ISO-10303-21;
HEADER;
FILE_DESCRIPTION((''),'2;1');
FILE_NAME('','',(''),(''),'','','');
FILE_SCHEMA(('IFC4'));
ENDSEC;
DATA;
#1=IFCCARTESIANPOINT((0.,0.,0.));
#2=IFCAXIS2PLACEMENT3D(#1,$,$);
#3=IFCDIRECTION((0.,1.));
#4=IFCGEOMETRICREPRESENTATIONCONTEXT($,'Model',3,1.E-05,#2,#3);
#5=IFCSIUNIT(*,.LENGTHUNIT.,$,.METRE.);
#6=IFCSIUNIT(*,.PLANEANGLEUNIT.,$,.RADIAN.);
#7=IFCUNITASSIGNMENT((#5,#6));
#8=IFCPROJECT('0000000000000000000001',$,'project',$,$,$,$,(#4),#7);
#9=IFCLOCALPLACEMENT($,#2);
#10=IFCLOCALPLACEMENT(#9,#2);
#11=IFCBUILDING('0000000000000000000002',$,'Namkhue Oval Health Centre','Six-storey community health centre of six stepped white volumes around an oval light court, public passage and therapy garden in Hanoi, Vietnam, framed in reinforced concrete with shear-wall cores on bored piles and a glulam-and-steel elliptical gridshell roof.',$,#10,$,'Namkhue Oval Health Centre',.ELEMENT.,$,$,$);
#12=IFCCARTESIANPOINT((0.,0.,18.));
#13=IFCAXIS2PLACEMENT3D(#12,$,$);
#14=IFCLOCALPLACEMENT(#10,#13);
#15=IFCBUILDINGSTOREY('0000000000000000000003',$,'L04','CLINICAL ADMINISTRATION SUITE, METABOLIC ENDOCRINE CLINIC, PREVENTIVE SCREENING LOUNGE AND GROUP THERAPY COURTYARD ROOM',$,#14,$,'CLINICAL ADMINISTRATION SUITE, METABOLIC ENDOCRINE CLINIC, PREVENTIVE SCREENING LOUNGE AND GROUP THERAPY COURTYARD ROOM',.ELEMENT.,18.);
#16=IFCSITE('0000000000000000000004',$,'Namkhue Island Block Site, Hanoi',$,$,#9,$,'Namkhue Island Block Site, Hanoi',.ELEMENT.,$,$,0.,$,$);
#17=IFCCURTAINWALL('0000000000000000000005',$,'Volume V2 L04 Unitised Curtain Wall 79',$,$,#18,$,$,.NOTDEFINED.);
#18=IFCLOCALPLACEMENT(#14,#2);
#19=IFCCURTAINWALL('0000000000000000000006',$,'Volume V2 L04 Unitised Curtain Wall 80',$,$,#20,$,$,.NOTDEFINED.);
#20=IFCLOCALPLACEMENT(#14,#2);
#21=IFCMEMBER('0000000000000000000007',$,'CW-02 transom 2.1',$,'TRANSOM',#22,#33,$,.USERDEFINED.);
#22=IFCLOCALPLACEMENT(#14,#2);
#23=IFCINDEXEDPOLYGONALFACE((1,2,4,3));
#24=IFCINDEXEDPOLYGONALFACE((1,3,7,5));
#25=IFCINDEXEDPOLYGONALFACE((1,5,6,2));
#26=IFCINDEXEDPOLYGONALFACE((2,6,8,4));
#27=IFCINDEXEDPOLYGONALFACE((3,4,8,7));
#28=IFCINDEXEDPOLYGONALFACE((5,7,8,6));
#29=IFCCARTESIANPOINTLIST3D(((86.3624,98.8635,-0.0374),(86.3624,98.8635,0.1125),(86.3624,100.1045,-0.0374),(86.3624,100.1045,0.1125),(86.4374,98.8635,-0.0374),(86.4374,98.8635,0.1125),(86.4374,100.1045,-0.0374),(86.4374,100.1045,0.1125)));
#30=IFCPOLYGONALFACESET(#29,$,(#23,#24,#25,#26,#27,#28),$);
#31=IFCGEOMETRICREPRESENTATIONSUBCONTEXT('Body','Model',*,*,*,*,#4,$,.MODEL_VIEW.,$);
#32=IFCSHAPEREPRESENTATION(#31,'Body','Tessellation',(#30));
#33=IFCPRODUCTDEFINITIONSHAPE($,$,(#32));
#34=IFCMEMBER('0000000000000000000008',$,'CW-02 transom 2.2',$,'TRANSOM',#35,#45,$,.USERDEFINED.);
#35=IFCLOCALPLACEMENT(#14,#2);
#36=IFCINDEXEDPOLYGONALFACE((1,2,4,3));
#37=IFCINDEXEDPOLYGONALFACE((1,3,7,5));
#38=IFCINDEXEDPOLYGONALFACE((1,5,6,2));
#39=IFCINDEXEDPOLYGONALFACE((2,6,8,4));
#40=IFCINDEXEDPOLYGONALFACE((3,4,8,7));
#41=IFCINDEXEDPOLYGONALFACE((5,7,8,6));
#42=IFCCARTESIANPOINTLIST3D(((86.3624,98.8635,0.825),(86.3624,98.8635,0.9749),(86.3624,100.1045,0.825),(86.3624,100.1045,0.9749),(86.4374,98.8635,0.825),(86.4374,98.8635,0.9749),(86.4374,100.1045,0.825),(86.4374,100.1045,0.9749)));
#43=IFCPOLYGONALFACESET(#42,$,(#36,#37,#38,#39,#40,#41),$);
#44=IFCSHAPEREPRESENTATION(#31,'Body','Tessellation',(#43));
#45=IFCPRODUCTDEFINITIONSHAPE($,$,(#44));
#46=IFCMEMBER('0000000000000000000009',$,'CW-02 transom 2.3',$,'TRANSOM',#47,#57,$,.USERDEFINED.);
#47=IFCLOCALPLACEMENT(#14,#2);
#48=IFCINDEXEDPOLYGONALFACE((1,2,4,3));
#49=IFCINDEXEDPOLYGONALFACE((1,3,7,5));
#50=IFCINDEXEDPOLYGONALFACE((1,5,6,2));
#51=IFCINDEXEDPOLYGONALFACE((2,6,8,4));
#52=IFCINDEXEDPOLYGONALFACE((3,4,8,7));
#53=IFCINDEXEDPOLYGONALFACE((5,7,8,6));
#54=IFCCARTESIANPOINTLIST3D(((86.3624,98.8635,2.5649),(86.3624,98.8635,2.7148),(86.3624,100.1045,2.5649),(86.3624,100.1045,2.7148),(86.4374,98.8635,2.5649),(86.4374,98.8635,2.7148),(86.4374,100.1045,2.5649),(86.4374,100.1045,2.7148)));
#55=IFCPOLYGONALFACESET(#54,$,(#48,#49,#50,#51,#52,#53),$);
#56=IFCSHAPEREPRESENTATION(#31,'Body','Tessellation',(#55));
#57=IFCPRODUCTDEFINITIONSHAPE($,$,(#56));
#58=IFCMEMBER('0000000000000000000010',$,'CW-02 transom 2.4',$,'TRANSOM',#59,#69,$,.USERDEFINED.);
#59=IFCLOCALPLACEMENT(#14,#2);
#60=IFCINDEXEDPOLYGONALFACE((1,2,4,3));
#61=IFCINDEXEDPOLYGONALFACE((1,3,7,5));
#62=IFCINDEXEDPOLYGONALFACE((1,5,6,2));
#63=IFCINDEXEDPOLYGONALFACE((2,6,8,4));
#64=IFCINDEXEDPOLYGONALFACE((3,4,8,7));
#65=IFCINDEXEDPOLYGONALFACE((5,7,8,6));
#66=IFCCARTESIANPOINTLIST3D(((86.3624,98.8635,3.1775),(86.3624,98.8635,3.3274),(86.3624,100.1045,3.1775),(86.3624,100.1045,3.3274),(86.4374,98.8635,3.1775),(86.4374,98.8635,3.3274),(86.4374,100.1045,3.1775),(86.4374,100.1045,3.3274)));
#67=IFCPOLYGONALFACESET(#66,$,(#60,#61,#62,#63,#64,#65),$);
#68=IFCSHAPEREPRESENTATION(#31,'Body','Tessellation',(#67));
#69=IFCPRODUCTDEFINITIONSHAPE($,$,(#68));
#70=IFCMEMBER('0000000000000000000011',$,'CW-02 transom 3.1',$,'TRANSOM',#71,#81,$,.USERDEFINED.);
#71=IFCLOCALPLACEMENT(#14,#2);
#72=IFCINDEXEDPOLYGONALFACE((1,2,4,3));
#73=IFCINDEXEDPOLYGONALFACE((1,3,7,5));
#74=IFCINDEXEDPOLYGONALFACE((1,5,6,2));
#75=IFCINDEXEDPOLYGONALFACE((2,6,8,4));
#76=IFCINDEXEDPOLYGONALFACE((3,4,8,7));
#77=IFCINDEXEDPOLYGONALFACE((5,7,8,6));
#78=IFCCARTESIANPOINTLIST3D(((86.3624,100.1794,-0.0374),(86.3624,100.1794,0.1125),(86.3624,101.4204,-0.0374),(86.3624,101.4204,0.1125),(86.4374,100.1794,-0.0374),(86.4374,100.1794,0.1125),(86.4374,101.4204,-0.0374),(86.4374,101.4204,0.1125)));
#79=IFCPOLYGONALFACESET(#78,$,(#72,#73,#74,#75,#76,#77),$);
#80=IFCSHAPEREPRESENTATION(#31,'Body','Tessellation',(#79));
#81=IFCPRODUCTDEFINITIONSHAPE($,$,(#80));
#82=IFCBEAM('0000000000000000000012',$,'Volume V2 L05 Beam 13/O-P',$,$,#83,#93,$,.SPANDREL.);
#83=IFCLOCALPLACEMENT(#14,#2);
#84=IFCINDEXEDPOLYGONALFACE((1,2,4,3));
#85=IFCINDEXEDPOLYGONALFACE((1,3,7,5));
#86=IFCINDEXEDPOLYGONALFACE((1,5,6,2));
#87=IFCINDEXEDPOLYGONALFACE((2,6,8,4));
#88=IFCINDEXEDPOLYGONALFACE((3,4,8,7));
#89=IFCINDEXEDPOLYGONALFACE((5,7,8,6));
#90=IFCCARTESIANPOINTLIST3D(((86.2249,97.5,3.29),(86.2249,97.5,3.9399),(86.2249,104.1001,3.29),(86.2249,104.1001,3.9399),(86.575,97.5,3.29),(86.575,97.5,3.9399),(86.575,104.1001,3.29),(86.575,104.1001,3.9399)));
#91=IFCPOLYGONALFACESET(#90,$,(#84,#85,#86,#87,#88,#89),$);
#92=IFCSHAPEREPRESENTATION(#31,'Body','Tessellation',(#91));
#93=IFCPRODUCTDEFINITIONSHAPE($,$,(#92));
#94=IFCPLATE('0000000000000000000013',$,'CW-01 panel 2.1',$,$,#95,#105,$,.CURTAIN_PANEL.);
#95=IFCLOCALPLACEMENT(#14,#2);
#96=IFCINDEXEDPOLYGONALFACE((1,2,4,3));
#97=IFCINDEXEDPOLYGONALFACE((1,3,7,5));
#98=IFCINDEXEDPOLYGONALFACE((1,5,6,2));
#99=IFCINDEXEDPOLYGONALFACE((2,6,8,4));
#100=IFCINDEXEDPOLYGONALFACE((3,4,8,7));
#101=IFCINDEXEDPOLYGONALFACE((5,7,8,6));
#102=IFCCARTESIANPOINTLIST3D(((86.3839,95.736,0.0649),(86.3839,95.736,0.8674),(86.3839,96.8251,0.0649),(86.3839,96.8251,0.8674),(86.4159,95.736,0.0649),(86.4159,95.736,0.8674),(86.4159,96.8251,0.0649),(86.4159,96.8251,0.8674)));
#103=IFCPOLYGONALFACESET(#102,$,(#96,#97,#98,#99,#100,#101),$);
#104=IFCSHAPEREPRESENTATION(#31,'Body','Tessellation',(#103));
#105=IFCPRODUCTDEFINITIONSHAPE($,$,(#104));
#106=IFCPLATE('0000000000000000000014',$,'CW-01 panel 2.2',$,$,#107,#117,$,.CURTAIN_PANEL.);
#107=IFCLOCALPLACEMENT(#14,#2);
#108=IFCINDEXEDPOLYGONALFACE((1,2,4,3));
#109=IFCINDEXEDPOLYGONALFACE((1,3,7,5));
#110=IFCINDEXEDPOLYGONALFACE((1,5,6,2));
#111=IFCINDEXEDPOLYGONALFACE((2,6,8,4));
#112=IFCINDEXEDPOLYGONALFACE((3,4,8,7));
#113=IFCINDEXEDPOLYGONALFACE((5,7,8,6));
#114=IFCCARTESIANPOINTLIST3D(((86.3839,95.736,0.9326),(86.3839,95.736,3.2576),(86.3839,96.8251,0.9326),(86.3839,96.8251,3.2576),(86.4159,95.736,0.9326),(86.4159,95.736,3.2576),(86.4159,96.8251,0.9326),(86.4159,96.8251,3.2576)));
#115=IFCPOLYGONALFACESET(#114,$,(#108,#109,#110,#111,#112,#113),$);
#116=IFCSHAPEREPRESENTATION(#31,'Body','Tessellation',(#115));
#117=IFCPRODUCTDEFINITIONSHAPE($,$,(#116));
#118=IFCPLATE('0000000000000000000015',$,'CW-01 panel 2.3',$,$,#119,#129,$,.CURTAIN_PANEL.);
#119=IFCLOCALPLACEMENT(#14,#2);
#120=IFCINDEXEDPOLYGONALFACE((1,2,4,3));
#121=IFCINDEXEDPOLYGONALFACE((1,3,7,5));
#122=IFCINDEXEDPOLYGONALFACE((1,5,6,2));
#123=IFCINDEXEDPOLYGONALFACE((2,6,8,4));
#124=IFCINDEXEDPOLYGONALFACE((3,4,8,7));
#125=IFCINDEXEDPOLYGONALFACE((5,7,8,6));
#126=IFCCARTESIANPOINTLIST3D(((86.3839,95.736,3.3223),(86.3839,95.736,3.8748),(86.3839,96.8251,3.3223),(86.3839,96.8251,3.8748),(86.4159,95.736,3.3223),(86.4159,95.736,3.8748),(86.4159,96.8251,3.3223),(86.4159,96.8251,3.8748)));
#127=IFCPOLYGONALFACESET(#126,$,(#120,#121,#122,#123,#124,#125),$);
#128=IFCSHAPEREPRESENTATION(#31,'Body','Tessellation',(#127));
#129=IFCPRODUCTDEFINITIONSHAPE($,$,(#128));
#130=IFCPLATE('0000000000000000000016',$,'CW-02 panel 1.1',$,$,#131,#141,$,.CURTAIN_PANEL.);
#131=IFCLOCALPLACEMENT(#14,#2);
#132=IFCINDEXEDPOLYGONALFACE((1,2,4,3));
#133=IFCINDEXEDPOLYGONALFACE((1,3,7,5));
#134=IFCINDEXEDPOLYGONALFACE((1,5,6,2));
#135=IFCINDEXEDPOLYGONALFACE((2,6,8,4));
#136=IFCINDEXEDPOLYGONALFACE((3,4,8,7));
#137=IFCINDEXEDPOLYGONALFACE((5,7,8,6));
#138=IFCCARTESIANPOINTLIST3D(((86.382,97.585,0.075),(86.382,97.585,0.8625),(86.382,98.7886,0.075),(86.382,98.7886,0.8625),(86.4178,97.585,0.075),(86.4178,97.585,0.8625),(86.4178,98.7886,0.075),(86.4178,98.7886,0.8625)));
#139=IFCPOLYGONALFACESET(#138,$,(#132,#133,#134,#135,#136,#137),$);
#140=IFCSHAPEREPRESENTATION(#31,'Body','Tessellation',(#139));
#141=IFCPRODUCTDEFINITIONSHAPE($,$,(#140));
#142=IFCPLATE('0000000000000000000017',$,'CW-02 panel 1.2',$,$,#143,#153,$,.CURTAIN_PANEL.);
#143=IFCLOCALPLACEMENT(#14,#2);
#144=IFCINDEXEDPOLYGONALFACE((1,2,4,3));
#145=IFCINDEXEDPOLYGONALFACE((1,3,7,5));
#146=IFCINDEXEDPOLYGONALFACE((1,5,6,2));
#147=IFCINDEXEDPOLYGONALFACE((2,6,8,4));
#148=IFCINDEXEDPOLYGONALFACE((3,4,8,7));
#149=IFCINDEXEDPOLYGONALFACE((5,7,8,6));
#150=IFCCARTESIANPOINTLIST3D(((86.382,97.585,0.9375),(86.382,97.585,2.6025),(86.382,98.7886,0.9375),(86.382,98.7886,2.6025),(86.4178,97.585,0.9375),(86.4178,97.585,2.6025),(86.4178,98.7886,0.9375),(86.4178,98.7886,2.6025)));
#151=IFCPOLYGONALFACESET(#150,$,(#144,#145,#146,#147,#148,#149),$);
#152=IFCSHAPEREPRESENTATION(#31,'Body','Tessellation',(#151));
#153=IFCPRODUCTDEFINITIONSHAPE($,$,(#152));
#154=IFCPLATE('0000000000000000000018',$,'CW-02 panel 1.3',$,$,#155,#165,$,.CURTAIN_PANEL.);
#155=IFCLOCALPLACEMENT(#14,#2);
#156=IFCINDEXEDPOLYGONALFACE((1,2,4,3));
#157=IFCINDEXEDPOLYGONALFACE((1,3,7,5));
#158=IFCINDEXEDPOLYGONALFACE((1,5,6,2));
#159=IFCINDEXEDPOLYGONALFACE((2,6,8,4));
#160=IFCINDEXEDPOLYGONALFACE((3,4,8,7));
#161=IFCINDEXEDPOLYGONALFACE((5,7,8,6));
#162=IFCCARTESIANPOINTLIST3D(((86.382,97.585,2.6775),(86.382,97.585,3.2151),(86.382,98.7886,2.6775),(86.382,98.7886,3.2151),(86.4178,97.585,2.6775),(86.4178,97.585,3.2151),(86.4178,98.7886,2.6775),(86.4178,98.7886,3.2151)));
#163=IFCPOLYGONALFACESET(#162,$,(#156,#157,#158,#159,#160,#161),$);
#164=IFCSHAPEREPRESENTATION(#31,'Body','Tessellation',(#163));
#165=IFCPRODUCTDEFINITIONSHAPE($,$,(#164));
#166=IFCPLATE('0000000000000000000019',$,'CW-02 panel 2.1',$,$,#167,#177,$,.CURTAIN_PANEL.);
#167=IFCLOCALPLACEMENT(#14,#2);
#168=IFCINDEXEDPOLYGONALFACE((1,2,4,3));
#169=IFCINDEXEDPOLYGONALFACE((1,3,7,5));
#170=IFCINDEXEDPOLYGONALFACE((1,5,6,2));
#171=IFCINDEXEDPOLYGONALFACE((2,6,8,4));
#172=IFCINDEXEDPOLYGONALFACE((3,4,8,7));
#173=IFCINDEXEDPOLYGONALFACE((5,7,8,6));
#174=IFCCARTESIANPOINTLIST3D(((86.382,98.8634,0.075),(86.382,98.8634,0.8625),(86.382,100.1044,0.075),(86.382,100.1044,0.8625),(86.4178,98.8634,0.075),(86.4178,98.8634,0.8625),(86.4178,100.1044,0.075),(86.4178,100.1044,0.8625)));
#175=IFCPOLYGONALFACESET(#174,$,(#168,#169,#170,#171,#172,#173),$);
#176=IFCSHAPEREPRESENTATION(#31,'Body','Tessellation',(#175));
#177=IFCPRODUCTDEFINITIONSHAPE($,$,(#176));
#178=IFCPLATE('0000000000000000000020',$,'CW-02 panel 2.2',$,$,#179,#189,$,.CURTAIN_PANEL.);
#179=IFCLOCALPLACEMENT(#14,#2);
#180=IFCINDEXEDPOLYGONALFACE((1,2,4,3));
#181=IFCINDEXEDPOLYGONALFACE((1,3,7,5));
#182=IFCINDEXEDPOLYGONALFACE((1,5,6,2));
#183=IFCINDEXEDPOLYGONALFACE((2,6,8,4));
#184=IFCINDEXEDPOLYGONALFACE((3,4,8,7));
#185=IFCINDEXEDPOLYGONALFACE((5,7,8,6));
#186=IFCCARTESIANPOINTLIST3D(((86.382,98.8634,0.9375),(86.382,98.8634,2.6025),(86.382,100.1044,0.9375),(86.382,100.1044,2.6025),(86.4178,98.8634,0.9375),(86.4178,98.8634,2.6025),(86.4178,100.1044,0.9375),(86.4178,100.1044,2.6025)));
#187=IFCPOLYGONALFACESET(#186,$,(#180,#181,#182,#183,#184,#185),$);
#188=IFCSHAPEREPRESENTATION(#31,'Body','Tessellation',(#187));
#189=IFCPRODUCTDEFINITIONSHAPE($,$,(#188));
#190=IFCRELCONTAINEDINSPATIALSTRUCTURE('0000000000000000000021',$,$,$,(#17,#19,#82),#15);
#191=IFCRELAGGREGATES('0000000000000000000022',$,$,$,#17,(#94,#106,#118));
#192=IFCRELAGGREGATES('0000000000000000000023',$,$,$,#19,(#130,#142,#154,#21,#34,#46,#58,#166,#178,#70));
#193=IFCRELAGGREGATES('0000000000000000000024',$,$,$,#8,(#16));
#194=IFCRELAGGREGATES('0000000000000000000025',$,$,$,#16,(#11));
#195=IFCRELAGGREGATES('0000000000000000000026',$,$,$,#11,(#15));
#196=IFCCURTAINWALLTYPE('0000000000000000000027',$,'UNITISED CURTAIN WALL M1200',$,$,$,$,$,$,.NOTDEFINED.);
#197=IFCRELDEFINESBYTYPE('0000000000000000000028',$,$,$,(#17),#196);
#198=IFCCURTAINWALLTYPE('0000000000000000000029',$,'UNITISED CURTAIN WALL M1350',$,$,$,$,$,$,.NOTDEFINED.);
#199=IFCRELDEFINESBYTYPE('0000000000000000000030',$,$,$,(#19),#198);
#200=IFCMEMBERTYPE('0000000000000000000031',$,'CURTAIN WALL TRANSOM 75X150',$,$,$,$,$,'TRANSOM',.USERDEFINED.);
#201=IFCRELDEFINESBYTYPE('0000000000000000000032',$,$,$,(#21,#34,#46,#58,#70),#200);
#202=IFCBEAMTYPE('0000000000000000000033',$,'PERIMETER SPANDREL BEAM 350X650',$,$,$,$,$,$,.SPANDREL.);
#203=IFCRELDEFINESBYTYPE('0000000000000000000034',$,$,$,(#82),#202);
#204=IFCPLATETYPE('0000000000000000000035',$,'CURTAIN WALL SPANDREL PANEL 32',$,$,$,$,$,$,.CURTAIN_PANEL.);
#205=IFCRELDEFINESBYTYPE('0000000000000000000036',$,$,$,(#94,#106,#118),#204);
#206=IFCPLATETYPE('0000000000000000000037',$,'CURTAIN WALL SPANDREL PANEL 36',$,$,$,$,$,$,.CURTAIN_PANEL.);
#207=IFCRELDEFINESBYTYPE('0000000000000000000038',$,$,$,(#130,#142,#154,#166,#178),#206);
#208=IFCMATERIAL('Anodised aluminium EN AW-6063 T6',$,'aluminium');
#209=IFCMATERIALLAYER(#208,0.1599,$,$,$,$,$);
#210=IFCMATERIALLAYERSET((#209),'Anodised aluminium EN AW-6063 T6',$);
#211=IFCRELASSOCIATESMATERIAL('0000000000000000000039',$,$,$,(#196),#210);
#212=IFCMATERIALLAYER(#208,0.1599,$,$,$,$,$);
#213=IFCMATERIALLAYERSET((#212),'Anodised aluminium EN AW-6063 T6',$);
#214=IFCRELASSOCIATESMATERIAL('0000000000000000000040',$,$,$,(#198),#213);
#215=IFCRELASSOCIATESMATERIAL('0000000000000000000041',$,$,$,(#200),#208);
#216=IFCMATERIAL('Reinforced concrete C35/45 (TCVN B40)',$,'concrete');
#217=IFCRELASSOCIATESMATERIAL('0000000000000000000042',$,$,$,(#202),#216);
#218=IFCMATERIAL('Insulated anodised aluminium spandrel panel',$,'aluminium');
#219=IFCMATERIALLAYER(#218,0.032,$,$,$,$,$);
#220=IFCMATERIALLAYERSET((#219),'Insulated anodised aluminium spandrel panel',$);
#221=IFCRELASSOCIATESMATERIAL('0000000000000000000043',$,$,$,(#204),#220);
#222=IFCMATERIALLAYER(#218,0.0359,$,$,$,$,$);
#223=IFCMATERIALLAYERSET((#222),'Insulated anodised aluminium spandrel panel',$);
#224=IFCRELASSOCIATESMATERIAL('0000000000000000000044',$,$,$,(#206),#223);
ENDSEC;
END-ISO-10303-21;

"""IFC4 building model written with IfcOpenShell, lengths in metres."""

from ifc_helpers import new_model, si_unit, direction, frame, origin, origin_2d, place, context, subcontext, project, spatial, rectangle, extrude, material, layer, layer_set, material_profile, profile_set, type_object, element, aggregate, save


model = new_model("IFC4")

# Units and contexts
model_context = context("Model", 3, precision=1e-05, world=origin(), true_north=direction((0.0, 1.0)))
body_context = subcontext(model_context, "Body", "Model", "MODEL_VIEW")
ifc_project = project(units=[si_unit("LENGTHUNIT", "METRE"), si_unit("PLANEANGLEUNIT", "RADIAN")], contexts=[model_context])

# Site, building, storey
site_placement = place(None, origin())
site = spatial("IfcSite", under=ifc_project, at=site_placement, Name="Namkhue Island Block Site, Hanoi", LongName="Namkhue Island Block Site, Hanoi", CompositionType="ELEMENT", RefElevation=0.0)
building_placement = place(site_placement, origin())
building = spatial("IfcBuilding", under=site, at=building_placement, Name="Namkhue Oval Health Centre", Description="Six-storey community health centre of six stepped white volumes around an oval light court, public passage and therapy garden in Hanoi, Vietnam, framed in reinforced concrete with shear-wall cores on bored piles and a glulam-and-steel elliptical gridshell roof.", LongName="Namkhue Oval Health Centre", CompositionType="ELEMENT")
storey_placement = place(building_placement, frame((0.0, 0.0, 18.0)))
storey = spatial("IfcBuildingStorey", under=building, at=storey_placement, Name="L04", Description="CLINICAL ADMINISTRATION SUITE, METABOLIC ENDOCRINE CLINIC, PREVENTIVE SCREENING LOUNGE AND GROUP THERAPY COURTYARD ROOM", LongName="CLINICAL ADMINISTRATION SUITE, METABOLIC ENDOCRINE CLINIC, PREVENTIVE SCREENING LOUNGE AND GROUP THERAPY COURTYARD ROOM", CompositionType="ELEMENT", Elevation=18.0)

# Shared definitions
ifc_material_1 = material(Name="Reinforced concrete C35/45 (TCVN B40)", Category="concrete")

# Curtain wall
ifc_material_2 = material(Name="Anodised aluminium EN AW-6063 T6", Category="aluminium")
ifc_layer_1 = layer(ifc_material_2, 0.1599)
ifc_layer_set_1 = layer_set([ifc_layer_1], Name="Anodised aluminium EN AW-6063 T6")
curtain_wall_type_1 = type_object("IfcCurtainWallType", Name="UNITISED CURTAIN WALL M1200", PredefinedType="NOTDEFINED", material=ifc_layer_set_1)
curtain_wall_1_placement = place(storey_placement, origin())
curtain_wall_1 = element("IfcCurtainWall", 1, at=curtain_wall_1_placement, inside=storey, type_object=curtain_wall_type_1, Name="Volume V2 L04 Unitised Curtain Wall 79", PredefinedType="NOTDEFINED")

# Curtain wall
ifc_layer_2 = layer(ifc_material_2, 0.1599)
ifc_layer_set_2 = layer_set([ifc_layer_2], Name="Anodised aluminium EN AW-6063 T6")
curtain_wall_type_2 = type_object("IfcCurtainWallType", Name="UNITISED CURTAIN WALL M1350", PredefinedType="NOTDEFINED", material=ifc_layer_set_2)
curtain_wall_2_placement = place(storey_placement, origin())
curtain_wall_2 = element("IfcCurtainWall", 2, at=curtain_wall_2_placement, inside=storey, type_object=curtain_wall_type_2, Name="Volume V2 L04 Unitised Curtain Wall 80", PredefinedType="NOTDEFINED")

# Members
ifc_material_profile_1 = material_profile(ifc_material_2, rectangle(XDim=0.075, YDim=0.1499, at=origin_2d()), Name="ALU 75x150")
ifc_profile_set_1 = profile_set([ifc_material_profile_1], Name="Anodised aluminium EN AW-6063 T6")
member_type_1 = type_object("IfcMemberType", Name="CURTAIN WALL TRANSOM 75X150", ElementType="TRANSOM", PredefinedType="USERDEFINED", material=ifc_profile_set_1)
member_1_placement = place(storey_placement, frame((86.3999, 98.8635, 0.0376), z_axis=(0.0, 1.0, 0.0), x_axis=(-1.0, 0.0, 0.0)))
member_1 = element("IfcMember", 3, at=member_1_placement, type_object=member_type_1, Name="CW-02 transom 2.1", ObjectType="TRANSOM", PredefinedType="USERDEFINED", context=body_context, shape_type="SweptSolid", body=[
    extrude(rectangle(XDim=0.075, YDim=0.1499, at=origin_2d()), origin(), (0.0, 0.0, 1.0), 1.241),
])
member_2_placement = place(storey_placement, frame((86.3999, 98.8635, 0.8999), z_axis=(0.0, 1.0, 0.0), x_axis=(-1.0, 0.0, 0.0)))
member_2 = element("IfcMember", 4, at=member_2_placement, type_object=member_type_1, Name="CW-02 transom 2.2", ObjectType="TRANSOM", PredefinedType="USERDEFINED", context=body_context, shape_type="SweptSolid", body=[
    extrude(rectangle(XDim=0.075, YDim=0.1499, at=origin_2d()), origin(), (0.0, 0.0, 1.0), 1.241),
])
member_3_placement = place(storey_placement, frame((86.3999, 98.8635, 2.6399), z_axis=(0.0, 1.0, 0.0), x_axis=(-1.0, 0.0, 0.0)))
member_3 = element("IfcMember", 5, at=member_3_placement, type_object=member_type_1, Name="CW-02 transom 2.3", ObjectType="TRANSOM", PredefinedType="USERDEFINED", context=body_context, shape_type="SweptSolid", body=[
    extrude(rectangle(XDim=0.075, YDim=0.1499, at=origin_2d()), origin(), (0.0, 0.0, 1.0), 1.241),
])
member_4_placement = place(storey_placement, frame((86.3999, 98.8635, 3.2524), z_axis=(0.0, 1.0, 0.0), x_axis=(-1.0, 0.0, 0.0)))
member_4 = element("IfcMember", 6, at=member_4_placement, type_object=member_type_1, Name="CW-02 transom 2.4", ObjectType="TRANSOM", PredefinedType="USERDEFINED", context=body_context, shape_type="SweptSolid", body=[
    extrude(rectangle(XDim=0.075, YDim=0.1499, at=origin_2d()), origin(), (0.0, 0.0, 1.0), 1.241),
])
member_5_placement = place(storey_placement, frame((86.3999, 100.1794, 0.0376), z_axis=(0.0, 1.0, 0.0), x_axis=(-1.0, 0.0, 0.0)))
member_5 = element("IfcMember", 7, at=member_5_placement, type_object=member_type_1, Name="CW-02 transom 3.1", ObjectType="TRANSOM", PredefinedType="USERDEFINED", context=body_context, shape_type="SweptSolid", body=[
    extrude(rectangle(XDim=0.075, YDim=0.1499, at=origin_2d()), origin(), (0.0, 0.0, 1.0), 1.241),
])

# Beam
ifc_material_profile_2 = material_profile(ifc_material_1, rectangle(XDim=0.3501, YDim=0.6499, at=origin_2d()), Name="RC 350x650")
ifc_profile_set_2 = profile_set([ifc_material_profile_2], Name="Reinforced concrete C35/45 (TCVN B40)")
beam_type = type_object("IfcBeamType", Name="PERIMETER SPANDREL BEAM 350X650", PredefinedType="SPANDREL", material=ifc_profile_set_2)
beam_placement = place(storey_placement, frame((86.3999, 97.5, 3.615), z_axis=(0.0, 1.0, 0.0), x_axis=(-1.0, 0.0, 0.0)))
element("IfcBeam", 8, at=beam_placement, inside=storey, type_object=beam_type, Name="Volume V2 L05 Beam 13/O-P", PredefinedType="SPANDREL", context=body_context, shape_type="SweptSolid", body=[
    extrude(rectangle(XDim=0.3501, YDim=0.6499, at=origin_2d()), origin(), (0.0, 0.0, 1.0), 6.6001),
])

# Plates
ifc_material_3 = material(Name="Insulated anodised aluminium spandrel panel", Category="aluminium")
ifc_layer_3 = layer(ifc_material_3, 0.032)
ifc_layer_set_3 = layer_set([ifc_layer_3], Name="Insulated anodised aluminium spandrel panel")
plate_type_1 = type_object("IfcPlateType", Name="CURTAIN WALL SPANDREL PANEL 32", PredefinedType="CURTAIN_PANEL", material=ifc_layer_set_3)
plate_1_placement = place(storey_placement, frame((86.3999, 96.2805, 0.0649), z_axis=(0.0, 0.0, 1.0), x_axis=(0.0, 1.0, 0.0)))
plate_1 = element("IfcPlate", 9, at=plate_1_placement, type_object=plate_type_1, Name="CW-01 panel 2.1", PredefinedType="CURTAIN_PANEL", context=body_context, shape_type="SweptSolid", body=[
    extrude(rectangle(XDim=1.0891, YDim=0.032, at=origin_2d()), origin(), (0.0, 0.0, 1.0), 0.8025),
])
plate_2_placement = place(storey_placement, frame((86.3999, 96.2805, 0.9326), z_axis=(0.0, 0.0, 1.0), x_axis=(0.0, 1.0, 0.0)))
plate_2 = element("IfcPlate", 10, at=plate_2_placement, type_object=plate_type_1, Name="CW-01 panel 2.2", PredefinedType="CURTAIN_PANEL", context=body_context, shape_type="SweptSolid", body=[
    extrude(rectangle(XDim=1.0891, YDim=0.032, at=origin_2d()), origin(), (0.0, 0.0, 1.0), 2.325),
])
plate_3_placement = place(storey_placement, frame((86.3999, 96.2805, 3.3223), z_axis=(0.0, 0.0, 1.0), x_axis=(0.0, 1.0, 0.0)))
plate_3 = element("IfcPlate", 11, at=plate_3_placement, type_object=plate_type_1, Name="CW-01 panel 2.3", PredefinedType="CURTAIN_PANEL", context=body_context, shape_type="SweptSolid", body=[
    extrude(rectangle(XDim=1.0891, YDim=0.032, at=origin_2d()), origin(), (0.0, 0.0, 1.0), 0.5525),
])
aggregate(curtain_wall_1, [plate_1, plate_2, plate_3])
ifc_layer_4 = layer(ifc_material_3, 0.0359)
ifc_layer_set_4 = layer_set([ifc_layer_4], Name="Insulated anodised aluminium spandrel panel")
plate_type_2 = type_object("IfcPlateType", Name="CURTAIN WALL SPANDREL PANEL 36", PredefinedType="CURTAIN_PANEL", material=ifc_layer_set_4)
plate_4_placement = place(storey_placement, frame((86.3999, 98.1868, 0.075), z_axis=(0.0, 0.0, 1.0), x_axis=(0.0, 1.0, 0.0)))
plate_4 = element("IfcPlate", 12, at=plate_4_placement, type_object=plate_type_2, Name="CW-02 panel 1.1", PredefinedType="CURTAIN_PANEL", context=body_context, shape_type="SweptSolid", body=[
    extrude(rectangle(XDim=1.2036, YDim=0.0359, at=origin_2d()), origin(), (0.0, 0.0, 1.0), 0.7876),
])
plate_5_placement = place(storey_placement, frame((86.3999, 98.1868, 0.9375), z_axis=(0.0, 0.0, 1.0), x_axis=(0.0, 1.0, 0.0)))
plate_5 = element("IfcPlate", 13, at=plate_5_placement, type_object=plate_type_2, Name="CW-02 panel 1.2", PredefinedType="CURTAIN_PANEL", context=body_context, shape_type="SweptSolid", body=[
    extrude(rectangle(XDim=1.2036, YDim=0.0359, at=origin_2d()), origin(), (0.0, 0.0, 1.0), 1.665),
])
plate_6_placement = place(storey_placement, frame((86.3999, 98.1868, 2.6775), z_axis=(0.0, 0.0, 1.0), x_axis=(0.0, 1.0, 0.0)))
plate_6 = element("IfcPlate", 14, at=plate_6_placement, type_object=plate_type_2, Name="CW-02 panel 1.3", PredefinedType="CURTAIN_PANEL", context=body_context, shape_type="SweptSolid", body=[
    extrude(rectangle(XDim=1.2036, YDim=0.0359, at=origin_2d()), origin(), (0.0, 0.0, 1.0), 0.5376),
])
plate_7_placement = place(storey_placement, frame((86.3999, 99.4839, 0.075), z_axis=(0.0, 0.0, 1.0), x_axis=(0.0, 1.0, 0.0)))
plate_7 = element("IfcPlate", 15, at=plate_7_placement, type_object=plate_type_2, Name="CW-02 panel 2.1", PredefinedType="CURTAIN_PANEL", context=body_context, shape_type="SweptSolid", body=[
    extrude(rectangle(XDim=1.241, YDim=0.0359, at=origin_2d()), origin(), (0.0, 0.0, 1.0), 0.7876),
])
plate_8_placement = place(storey_placement, frame((86.3999, 99.4839, 0.9375), z_axis=(0.0, 0.0, 1.0), x_axis=(0.0, 1.0, 0.0)))
plate_8 = element("IfcPlate", 16, at=plate_8_placement, type_object=plate_type_2, Name="CW-02 panel 2.2", PredefinedType="CURTAIN_PANEL", context=body_context, shape_type="SweptSolid", body=[
    extrude(rectangle(XDim=1.241, YDim=0.0359, at=origin_2d()), origin(), (0.0, 0.0, 1.0), 1.665),
])
aggregate(curtain_wall_2, [plate_4, plate_5, plate_6, member_1, member_2, member_3, member_4, plate_7, plate_8, member_5])

save(model, "model.ifc")
